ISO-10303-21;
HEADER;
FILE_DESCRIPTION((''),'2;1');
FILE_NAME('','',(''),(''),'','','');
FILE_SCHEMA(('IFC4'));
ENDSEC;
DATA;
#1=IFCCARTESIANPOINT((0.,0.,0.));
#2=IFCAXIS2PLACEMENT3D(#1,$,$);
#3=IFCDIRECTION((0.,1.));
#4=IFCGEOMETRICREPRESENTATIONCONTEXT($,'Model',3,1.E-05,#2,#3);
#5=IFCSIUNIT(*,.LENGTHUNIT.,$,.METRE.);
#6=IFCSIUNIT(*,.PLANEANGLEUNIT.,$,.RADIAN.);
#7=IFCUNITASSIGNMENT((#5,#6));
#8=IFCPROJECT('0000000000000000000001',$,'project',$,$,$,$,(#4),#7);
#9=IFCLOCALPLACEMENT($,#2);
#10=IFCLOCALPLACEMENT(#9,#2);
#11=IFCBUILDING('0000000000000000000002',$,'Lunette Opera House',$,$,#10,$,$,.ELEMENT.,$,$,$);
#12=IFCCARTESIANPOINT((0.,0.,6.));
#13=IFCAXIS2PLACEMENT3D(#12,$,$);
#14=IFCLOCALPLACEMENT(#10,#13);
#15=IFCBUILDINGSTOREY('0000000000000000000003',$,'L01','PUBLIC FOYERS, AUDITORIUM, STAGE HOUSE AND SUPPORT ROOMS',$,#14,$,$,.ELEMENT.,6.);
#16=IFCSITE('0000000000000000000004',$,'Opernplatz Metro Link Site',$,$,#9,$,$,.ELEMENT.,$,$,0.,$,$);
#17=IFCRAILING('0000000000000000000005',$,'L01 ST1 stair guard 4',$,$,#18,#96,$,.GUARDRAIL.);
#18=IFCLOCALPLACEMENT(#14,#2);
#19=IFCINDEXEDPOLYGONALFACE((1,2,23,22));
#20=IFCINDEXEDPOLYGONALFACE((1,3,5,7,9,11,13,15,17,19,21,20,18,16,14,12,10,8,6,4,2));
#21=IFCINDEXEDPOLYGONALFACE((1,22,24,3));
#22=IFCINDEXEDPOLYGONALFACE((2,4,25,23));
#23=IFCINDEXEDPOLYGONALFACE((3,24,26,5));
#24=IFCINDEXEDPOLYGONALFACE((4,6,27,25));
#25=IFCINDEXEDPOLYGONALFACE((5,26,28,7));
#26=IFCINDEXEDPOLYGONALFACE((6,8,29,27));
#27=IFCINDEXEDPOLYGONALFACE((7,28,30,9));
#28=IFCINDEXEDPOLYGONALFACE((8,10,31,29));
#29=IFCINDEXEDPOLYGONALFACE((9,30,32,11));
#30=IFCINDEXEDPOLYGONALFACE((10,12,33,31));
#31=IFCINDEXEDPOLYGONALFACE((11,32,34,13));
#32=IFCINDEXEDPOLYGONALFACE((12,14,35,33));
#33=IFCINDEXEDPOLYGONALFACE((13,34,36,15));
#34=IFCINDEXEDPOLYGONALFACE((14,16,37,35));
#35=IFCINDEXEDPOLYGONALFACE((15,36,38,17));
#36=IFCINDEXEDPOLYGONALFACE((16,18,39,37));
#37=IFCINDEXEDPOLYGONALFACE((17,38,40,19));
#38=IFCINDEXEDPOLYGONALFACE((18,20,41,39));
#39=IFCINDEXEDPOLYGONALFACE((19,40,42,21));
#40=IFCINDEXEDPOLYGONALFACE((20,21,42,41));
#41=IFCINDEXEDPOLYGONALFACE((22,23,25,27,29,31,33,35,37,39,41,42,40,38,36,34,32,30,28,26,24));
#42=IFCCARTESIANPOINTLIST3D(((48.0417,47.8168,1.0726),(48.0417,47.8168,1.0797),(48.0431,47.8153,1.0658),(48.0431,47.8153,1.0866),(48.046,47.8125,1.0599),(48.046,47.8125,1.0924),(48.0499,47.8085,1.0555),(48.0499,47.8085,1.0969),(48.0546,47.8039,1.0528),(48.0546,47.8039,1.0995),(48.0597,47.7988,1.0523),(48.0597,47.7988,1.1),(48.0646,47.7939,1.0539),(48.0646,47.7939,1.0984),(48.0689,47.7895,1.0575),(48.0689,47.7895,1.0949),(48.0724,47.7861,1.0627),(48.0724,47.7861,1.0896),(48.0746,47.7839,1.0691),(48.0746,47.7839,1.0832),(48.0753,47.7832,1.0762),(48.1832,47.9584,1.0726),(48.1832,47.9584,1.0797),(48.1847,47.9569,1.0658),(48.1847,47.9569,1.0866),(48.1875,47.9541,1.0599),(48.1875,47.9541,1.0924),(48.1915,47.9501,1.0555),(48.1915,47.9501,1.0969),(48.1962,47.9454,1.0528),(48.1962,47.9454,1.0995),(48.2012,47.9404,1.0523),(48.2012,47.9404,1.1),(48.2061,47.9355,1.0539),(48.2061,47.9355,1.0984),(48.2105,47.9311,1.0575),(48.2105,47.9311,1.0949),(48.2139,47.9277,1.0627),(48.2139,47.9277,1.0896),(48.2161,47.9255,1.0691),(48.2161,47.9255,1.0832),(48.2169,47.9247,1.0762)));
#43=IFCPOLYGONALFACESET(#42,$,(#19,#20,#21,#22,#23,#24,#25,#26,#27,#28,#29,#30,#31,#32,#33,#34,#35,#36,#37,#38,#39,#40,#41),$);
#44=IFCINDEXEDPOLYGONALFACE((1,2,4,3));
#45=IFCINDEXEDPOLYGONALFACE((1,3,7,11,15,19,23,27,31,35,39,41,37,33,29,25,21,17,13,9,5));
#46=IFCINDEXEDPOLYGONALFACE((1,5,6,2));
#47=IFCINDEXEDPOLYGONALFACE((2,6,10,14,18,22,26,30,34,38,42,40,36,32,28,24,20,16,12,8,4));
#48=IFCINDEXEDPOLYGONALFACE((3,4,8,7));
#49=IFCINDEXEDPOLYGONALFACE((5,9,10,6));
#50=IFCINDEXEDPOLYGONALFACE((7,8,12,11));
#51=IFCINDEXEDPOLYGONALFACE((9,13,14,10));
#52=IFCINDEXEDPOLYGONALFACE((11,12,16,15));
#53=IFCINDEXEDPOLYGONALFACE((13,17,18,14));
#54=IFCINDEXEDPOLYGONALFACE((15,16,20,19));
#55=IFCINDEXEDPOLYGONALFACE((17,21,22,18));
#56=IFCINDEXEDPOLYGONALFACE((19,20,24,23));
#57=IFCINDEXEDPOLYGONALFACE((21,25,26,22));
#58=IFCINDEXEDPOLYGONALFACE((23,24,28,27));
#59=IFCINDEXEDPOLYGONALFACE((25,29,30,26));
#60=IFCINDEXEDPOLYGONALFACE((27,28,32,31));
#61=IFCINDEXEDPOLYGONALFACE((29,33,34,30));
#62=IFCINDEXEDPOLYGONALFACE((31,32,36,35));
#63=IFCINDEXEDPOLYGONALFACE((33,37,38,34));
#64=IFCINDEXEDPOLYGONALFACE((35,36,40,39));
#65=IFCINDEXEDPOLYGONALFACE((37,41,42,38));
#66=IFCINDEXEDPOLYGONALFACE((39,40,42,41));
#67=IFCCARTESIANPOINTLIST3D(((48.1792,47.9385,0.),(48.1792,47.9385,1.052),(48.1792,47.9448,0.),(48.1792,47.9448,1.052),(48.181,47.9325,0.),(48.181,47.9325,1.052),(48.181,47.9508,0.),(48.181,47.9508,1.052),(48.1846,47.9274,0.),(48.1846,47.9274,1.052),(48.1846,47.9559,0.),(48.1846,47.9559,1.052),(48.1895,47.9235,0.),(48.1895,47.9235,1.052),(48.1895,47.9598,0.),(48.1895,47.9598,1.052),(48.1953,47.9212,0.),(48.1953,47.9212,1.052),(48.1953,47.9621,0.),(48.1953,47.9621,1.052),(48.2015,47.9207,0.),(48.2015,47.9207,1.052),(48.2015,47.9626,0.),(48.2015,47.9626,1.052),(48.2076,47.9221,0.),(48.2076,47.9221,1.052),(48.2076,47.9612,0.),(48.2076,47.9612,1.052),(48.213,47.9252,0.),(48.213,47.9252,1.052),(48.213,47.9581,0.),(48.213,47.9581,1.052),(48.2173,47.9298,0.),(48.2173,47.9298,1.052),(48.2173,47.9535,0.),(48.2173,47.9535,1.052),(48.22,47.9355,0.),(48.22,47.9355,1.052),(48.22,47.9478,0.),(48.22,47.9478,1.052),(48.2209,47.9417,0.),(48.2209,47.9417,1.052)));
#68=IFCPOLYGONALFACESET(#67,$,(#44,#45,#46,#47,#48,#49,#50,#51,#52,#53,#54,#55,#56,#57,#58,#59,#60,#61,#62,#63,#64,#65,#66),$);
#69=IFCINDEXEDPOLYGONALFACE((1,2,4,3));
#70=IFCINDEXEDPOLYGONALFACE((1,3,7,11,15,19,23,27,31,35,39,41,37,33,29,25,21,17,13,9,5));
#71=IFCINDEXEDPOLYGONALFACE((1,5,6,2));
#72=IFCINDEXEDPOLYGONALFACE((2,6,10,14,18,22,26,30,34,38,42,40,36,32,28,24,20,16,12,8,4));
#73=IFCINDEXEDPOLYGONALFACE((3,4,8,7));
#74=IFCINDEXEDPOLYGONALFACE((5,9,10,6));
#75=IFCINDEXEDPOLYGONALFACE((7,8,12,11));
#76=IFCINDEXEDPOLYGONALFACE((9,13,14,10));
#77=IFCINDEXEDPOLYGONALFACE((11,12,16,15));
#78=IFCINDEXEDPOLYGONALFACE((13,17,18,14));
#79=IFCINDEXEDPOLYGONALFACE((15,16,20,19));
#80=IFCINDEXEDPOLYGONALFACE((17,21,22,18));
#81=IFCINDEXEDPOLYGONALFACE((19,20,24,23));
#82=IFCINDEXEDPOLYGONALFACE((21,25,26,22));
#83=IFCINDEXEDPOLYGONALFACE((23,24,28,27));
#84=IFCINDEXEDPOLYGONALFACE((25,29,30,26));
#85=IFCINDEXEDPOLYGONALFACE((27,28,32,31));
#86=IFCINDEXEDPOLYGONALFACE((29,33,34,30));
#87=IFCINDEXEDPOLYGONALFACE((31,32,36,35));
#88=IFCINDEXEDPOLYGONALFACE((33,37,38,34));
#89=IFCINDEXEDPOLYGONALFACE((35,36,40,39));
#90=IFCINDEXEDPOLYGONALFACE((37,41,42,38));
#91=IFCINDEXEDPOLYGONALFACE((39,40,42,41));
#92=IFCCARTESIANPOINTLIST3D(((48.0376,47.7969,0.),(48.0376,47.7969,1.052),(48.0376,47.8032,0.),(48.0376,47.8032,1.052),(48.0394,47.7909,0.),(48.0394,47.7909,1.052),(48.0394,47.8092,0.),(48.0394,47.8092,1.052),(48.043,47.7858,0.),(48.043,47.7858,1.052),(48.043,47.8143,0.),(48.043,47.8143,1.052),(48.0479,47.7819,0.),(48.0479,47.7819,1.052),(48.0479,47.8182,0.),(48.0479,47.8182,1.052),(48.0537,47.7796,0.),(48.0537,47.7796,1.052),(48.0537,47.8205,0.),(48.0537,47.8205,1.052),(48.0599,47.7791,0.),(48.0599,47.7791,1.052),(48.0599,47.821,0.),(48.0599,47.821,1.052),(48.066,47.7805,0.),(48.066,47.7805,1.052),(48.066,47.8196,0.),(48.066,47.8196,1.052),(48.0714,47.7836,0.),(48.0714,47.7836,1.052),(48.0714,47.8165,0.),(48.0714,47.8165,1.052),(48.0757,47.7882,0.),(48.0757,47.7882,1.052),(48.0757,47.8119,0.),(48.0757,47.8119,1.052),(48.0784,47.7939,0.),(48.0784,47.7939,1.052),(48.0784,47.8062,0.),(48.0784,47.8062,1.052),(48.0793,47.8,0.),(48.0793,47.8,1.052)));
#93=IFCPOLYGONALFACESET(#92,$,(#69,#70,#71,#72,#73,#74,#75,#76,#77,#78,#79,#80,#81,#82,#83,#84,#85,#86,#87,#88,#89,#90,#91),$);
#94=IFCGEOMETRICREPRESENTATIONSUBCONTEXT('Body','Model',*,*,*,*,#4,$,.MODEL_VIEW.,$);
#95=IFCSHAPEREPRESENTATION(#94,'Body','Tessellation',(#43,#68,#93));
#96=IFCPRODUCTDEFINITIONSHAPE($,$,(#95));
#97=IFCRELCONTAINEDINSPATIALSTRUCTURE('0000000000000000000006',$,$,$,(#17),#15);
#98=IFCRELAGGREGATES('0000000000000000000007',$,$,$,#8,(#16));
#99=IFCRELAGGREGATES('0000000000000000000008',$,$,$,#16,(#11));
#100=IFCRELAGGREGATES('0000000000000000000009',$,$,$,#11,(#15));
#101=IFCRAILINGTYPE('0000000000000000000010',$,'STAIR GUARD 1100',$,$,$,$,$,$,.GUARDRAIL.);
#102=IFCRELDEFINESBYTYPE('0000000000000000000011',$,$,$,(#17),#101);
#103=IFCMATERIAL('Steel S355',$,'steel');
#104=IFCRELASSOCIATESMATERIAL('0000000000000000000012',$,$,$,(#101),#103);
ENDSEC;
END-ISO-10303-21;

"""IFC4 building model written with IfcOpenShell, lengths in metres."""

from ifc_helpers import new_model, si_unit, direction, frame, origin, origin_2d, place, context, subcontext, project, spatial, circle, extrude, material, type_object, element, save


model = new_model("IFC4")

# Units and contexts
model_context = context("Model", 3, precision=1e-05, world=origin(), true_north=direction((0.0, 1.0)))
body_context = subcontext(model_context, "Body", "Model", "MODEL_VIEW")
ifc_project = project(units=[si_unit("LENGTHUNIT", "METRE"), si_unit("PLANEANGLEUNIT", "RADIAN")], contexts=[model_context])

# Site, building, storey
site_placement = place(None, origin())
site = spatial("IfcSite", under=ifc_project, at=site_placement, Name="Opernplatz Metro Link Site", CompositionType="ELEMENT", RefElevation=0.0)
building_placement = place(site_placement, origin())
building = spatial("IfcBuilding", under=site, at=building_placement, Name="Lunette Opera House", CompositionType="ELEMENT")
storey_placement = place(building_placement, frame((0.0, 0.0, 6.0)))
storey = spatial("IfcBuildingStorey", under=building, at=storey_placement, Name="L01", Description="PUBLIC FOYERS, AUDITORIUM, STAGE HOUSE AND SUPPORT ROOMS", CompositionType="ELEMENT", Elevation=6.0)

# Railing
ifc_material_1 = material(Name="Steel S355", Category="steel")
railing_type_1 = type_object("IfcRailingType", Name="STAIR GUARD 1100", PredefinedType="GUARDRAIL", material=ifc_material_1)
railing_1_placement = place(storey_placement, frame((48.2, 47.9417, 0.0)))
element("IfcRailing", 1, at=railing_1_placement, inside=storey, type_object=railing_type_1, Name="L01 ST1 stair guard 4", PredefinedType="GUARDRAIL", context=body_context, shape_type="SweptSolid", body=[
    extrude(circle(Radius=0.0239, at=origin_2d()), frame((0.0, 0.0, 1.0762), z_axis=(-0.707107, -0.707107, 0.0), x_axis=(0.707107, -0.707107, 0.0)), (0.0, 0.0, 1.0), 0.2002),
    extrude(circle(Radius=0.021, at=origin_2d()), origin(), (0.0, 0.0, 1.0), 1.052),
    extrude(circle(Radius=0.021, at=origin_2d()), frame((-0.1416, -0.1416, 0.0)), (0.0, 0.0, 1.0), 1.052),
])

save(model, "model.ifc")
